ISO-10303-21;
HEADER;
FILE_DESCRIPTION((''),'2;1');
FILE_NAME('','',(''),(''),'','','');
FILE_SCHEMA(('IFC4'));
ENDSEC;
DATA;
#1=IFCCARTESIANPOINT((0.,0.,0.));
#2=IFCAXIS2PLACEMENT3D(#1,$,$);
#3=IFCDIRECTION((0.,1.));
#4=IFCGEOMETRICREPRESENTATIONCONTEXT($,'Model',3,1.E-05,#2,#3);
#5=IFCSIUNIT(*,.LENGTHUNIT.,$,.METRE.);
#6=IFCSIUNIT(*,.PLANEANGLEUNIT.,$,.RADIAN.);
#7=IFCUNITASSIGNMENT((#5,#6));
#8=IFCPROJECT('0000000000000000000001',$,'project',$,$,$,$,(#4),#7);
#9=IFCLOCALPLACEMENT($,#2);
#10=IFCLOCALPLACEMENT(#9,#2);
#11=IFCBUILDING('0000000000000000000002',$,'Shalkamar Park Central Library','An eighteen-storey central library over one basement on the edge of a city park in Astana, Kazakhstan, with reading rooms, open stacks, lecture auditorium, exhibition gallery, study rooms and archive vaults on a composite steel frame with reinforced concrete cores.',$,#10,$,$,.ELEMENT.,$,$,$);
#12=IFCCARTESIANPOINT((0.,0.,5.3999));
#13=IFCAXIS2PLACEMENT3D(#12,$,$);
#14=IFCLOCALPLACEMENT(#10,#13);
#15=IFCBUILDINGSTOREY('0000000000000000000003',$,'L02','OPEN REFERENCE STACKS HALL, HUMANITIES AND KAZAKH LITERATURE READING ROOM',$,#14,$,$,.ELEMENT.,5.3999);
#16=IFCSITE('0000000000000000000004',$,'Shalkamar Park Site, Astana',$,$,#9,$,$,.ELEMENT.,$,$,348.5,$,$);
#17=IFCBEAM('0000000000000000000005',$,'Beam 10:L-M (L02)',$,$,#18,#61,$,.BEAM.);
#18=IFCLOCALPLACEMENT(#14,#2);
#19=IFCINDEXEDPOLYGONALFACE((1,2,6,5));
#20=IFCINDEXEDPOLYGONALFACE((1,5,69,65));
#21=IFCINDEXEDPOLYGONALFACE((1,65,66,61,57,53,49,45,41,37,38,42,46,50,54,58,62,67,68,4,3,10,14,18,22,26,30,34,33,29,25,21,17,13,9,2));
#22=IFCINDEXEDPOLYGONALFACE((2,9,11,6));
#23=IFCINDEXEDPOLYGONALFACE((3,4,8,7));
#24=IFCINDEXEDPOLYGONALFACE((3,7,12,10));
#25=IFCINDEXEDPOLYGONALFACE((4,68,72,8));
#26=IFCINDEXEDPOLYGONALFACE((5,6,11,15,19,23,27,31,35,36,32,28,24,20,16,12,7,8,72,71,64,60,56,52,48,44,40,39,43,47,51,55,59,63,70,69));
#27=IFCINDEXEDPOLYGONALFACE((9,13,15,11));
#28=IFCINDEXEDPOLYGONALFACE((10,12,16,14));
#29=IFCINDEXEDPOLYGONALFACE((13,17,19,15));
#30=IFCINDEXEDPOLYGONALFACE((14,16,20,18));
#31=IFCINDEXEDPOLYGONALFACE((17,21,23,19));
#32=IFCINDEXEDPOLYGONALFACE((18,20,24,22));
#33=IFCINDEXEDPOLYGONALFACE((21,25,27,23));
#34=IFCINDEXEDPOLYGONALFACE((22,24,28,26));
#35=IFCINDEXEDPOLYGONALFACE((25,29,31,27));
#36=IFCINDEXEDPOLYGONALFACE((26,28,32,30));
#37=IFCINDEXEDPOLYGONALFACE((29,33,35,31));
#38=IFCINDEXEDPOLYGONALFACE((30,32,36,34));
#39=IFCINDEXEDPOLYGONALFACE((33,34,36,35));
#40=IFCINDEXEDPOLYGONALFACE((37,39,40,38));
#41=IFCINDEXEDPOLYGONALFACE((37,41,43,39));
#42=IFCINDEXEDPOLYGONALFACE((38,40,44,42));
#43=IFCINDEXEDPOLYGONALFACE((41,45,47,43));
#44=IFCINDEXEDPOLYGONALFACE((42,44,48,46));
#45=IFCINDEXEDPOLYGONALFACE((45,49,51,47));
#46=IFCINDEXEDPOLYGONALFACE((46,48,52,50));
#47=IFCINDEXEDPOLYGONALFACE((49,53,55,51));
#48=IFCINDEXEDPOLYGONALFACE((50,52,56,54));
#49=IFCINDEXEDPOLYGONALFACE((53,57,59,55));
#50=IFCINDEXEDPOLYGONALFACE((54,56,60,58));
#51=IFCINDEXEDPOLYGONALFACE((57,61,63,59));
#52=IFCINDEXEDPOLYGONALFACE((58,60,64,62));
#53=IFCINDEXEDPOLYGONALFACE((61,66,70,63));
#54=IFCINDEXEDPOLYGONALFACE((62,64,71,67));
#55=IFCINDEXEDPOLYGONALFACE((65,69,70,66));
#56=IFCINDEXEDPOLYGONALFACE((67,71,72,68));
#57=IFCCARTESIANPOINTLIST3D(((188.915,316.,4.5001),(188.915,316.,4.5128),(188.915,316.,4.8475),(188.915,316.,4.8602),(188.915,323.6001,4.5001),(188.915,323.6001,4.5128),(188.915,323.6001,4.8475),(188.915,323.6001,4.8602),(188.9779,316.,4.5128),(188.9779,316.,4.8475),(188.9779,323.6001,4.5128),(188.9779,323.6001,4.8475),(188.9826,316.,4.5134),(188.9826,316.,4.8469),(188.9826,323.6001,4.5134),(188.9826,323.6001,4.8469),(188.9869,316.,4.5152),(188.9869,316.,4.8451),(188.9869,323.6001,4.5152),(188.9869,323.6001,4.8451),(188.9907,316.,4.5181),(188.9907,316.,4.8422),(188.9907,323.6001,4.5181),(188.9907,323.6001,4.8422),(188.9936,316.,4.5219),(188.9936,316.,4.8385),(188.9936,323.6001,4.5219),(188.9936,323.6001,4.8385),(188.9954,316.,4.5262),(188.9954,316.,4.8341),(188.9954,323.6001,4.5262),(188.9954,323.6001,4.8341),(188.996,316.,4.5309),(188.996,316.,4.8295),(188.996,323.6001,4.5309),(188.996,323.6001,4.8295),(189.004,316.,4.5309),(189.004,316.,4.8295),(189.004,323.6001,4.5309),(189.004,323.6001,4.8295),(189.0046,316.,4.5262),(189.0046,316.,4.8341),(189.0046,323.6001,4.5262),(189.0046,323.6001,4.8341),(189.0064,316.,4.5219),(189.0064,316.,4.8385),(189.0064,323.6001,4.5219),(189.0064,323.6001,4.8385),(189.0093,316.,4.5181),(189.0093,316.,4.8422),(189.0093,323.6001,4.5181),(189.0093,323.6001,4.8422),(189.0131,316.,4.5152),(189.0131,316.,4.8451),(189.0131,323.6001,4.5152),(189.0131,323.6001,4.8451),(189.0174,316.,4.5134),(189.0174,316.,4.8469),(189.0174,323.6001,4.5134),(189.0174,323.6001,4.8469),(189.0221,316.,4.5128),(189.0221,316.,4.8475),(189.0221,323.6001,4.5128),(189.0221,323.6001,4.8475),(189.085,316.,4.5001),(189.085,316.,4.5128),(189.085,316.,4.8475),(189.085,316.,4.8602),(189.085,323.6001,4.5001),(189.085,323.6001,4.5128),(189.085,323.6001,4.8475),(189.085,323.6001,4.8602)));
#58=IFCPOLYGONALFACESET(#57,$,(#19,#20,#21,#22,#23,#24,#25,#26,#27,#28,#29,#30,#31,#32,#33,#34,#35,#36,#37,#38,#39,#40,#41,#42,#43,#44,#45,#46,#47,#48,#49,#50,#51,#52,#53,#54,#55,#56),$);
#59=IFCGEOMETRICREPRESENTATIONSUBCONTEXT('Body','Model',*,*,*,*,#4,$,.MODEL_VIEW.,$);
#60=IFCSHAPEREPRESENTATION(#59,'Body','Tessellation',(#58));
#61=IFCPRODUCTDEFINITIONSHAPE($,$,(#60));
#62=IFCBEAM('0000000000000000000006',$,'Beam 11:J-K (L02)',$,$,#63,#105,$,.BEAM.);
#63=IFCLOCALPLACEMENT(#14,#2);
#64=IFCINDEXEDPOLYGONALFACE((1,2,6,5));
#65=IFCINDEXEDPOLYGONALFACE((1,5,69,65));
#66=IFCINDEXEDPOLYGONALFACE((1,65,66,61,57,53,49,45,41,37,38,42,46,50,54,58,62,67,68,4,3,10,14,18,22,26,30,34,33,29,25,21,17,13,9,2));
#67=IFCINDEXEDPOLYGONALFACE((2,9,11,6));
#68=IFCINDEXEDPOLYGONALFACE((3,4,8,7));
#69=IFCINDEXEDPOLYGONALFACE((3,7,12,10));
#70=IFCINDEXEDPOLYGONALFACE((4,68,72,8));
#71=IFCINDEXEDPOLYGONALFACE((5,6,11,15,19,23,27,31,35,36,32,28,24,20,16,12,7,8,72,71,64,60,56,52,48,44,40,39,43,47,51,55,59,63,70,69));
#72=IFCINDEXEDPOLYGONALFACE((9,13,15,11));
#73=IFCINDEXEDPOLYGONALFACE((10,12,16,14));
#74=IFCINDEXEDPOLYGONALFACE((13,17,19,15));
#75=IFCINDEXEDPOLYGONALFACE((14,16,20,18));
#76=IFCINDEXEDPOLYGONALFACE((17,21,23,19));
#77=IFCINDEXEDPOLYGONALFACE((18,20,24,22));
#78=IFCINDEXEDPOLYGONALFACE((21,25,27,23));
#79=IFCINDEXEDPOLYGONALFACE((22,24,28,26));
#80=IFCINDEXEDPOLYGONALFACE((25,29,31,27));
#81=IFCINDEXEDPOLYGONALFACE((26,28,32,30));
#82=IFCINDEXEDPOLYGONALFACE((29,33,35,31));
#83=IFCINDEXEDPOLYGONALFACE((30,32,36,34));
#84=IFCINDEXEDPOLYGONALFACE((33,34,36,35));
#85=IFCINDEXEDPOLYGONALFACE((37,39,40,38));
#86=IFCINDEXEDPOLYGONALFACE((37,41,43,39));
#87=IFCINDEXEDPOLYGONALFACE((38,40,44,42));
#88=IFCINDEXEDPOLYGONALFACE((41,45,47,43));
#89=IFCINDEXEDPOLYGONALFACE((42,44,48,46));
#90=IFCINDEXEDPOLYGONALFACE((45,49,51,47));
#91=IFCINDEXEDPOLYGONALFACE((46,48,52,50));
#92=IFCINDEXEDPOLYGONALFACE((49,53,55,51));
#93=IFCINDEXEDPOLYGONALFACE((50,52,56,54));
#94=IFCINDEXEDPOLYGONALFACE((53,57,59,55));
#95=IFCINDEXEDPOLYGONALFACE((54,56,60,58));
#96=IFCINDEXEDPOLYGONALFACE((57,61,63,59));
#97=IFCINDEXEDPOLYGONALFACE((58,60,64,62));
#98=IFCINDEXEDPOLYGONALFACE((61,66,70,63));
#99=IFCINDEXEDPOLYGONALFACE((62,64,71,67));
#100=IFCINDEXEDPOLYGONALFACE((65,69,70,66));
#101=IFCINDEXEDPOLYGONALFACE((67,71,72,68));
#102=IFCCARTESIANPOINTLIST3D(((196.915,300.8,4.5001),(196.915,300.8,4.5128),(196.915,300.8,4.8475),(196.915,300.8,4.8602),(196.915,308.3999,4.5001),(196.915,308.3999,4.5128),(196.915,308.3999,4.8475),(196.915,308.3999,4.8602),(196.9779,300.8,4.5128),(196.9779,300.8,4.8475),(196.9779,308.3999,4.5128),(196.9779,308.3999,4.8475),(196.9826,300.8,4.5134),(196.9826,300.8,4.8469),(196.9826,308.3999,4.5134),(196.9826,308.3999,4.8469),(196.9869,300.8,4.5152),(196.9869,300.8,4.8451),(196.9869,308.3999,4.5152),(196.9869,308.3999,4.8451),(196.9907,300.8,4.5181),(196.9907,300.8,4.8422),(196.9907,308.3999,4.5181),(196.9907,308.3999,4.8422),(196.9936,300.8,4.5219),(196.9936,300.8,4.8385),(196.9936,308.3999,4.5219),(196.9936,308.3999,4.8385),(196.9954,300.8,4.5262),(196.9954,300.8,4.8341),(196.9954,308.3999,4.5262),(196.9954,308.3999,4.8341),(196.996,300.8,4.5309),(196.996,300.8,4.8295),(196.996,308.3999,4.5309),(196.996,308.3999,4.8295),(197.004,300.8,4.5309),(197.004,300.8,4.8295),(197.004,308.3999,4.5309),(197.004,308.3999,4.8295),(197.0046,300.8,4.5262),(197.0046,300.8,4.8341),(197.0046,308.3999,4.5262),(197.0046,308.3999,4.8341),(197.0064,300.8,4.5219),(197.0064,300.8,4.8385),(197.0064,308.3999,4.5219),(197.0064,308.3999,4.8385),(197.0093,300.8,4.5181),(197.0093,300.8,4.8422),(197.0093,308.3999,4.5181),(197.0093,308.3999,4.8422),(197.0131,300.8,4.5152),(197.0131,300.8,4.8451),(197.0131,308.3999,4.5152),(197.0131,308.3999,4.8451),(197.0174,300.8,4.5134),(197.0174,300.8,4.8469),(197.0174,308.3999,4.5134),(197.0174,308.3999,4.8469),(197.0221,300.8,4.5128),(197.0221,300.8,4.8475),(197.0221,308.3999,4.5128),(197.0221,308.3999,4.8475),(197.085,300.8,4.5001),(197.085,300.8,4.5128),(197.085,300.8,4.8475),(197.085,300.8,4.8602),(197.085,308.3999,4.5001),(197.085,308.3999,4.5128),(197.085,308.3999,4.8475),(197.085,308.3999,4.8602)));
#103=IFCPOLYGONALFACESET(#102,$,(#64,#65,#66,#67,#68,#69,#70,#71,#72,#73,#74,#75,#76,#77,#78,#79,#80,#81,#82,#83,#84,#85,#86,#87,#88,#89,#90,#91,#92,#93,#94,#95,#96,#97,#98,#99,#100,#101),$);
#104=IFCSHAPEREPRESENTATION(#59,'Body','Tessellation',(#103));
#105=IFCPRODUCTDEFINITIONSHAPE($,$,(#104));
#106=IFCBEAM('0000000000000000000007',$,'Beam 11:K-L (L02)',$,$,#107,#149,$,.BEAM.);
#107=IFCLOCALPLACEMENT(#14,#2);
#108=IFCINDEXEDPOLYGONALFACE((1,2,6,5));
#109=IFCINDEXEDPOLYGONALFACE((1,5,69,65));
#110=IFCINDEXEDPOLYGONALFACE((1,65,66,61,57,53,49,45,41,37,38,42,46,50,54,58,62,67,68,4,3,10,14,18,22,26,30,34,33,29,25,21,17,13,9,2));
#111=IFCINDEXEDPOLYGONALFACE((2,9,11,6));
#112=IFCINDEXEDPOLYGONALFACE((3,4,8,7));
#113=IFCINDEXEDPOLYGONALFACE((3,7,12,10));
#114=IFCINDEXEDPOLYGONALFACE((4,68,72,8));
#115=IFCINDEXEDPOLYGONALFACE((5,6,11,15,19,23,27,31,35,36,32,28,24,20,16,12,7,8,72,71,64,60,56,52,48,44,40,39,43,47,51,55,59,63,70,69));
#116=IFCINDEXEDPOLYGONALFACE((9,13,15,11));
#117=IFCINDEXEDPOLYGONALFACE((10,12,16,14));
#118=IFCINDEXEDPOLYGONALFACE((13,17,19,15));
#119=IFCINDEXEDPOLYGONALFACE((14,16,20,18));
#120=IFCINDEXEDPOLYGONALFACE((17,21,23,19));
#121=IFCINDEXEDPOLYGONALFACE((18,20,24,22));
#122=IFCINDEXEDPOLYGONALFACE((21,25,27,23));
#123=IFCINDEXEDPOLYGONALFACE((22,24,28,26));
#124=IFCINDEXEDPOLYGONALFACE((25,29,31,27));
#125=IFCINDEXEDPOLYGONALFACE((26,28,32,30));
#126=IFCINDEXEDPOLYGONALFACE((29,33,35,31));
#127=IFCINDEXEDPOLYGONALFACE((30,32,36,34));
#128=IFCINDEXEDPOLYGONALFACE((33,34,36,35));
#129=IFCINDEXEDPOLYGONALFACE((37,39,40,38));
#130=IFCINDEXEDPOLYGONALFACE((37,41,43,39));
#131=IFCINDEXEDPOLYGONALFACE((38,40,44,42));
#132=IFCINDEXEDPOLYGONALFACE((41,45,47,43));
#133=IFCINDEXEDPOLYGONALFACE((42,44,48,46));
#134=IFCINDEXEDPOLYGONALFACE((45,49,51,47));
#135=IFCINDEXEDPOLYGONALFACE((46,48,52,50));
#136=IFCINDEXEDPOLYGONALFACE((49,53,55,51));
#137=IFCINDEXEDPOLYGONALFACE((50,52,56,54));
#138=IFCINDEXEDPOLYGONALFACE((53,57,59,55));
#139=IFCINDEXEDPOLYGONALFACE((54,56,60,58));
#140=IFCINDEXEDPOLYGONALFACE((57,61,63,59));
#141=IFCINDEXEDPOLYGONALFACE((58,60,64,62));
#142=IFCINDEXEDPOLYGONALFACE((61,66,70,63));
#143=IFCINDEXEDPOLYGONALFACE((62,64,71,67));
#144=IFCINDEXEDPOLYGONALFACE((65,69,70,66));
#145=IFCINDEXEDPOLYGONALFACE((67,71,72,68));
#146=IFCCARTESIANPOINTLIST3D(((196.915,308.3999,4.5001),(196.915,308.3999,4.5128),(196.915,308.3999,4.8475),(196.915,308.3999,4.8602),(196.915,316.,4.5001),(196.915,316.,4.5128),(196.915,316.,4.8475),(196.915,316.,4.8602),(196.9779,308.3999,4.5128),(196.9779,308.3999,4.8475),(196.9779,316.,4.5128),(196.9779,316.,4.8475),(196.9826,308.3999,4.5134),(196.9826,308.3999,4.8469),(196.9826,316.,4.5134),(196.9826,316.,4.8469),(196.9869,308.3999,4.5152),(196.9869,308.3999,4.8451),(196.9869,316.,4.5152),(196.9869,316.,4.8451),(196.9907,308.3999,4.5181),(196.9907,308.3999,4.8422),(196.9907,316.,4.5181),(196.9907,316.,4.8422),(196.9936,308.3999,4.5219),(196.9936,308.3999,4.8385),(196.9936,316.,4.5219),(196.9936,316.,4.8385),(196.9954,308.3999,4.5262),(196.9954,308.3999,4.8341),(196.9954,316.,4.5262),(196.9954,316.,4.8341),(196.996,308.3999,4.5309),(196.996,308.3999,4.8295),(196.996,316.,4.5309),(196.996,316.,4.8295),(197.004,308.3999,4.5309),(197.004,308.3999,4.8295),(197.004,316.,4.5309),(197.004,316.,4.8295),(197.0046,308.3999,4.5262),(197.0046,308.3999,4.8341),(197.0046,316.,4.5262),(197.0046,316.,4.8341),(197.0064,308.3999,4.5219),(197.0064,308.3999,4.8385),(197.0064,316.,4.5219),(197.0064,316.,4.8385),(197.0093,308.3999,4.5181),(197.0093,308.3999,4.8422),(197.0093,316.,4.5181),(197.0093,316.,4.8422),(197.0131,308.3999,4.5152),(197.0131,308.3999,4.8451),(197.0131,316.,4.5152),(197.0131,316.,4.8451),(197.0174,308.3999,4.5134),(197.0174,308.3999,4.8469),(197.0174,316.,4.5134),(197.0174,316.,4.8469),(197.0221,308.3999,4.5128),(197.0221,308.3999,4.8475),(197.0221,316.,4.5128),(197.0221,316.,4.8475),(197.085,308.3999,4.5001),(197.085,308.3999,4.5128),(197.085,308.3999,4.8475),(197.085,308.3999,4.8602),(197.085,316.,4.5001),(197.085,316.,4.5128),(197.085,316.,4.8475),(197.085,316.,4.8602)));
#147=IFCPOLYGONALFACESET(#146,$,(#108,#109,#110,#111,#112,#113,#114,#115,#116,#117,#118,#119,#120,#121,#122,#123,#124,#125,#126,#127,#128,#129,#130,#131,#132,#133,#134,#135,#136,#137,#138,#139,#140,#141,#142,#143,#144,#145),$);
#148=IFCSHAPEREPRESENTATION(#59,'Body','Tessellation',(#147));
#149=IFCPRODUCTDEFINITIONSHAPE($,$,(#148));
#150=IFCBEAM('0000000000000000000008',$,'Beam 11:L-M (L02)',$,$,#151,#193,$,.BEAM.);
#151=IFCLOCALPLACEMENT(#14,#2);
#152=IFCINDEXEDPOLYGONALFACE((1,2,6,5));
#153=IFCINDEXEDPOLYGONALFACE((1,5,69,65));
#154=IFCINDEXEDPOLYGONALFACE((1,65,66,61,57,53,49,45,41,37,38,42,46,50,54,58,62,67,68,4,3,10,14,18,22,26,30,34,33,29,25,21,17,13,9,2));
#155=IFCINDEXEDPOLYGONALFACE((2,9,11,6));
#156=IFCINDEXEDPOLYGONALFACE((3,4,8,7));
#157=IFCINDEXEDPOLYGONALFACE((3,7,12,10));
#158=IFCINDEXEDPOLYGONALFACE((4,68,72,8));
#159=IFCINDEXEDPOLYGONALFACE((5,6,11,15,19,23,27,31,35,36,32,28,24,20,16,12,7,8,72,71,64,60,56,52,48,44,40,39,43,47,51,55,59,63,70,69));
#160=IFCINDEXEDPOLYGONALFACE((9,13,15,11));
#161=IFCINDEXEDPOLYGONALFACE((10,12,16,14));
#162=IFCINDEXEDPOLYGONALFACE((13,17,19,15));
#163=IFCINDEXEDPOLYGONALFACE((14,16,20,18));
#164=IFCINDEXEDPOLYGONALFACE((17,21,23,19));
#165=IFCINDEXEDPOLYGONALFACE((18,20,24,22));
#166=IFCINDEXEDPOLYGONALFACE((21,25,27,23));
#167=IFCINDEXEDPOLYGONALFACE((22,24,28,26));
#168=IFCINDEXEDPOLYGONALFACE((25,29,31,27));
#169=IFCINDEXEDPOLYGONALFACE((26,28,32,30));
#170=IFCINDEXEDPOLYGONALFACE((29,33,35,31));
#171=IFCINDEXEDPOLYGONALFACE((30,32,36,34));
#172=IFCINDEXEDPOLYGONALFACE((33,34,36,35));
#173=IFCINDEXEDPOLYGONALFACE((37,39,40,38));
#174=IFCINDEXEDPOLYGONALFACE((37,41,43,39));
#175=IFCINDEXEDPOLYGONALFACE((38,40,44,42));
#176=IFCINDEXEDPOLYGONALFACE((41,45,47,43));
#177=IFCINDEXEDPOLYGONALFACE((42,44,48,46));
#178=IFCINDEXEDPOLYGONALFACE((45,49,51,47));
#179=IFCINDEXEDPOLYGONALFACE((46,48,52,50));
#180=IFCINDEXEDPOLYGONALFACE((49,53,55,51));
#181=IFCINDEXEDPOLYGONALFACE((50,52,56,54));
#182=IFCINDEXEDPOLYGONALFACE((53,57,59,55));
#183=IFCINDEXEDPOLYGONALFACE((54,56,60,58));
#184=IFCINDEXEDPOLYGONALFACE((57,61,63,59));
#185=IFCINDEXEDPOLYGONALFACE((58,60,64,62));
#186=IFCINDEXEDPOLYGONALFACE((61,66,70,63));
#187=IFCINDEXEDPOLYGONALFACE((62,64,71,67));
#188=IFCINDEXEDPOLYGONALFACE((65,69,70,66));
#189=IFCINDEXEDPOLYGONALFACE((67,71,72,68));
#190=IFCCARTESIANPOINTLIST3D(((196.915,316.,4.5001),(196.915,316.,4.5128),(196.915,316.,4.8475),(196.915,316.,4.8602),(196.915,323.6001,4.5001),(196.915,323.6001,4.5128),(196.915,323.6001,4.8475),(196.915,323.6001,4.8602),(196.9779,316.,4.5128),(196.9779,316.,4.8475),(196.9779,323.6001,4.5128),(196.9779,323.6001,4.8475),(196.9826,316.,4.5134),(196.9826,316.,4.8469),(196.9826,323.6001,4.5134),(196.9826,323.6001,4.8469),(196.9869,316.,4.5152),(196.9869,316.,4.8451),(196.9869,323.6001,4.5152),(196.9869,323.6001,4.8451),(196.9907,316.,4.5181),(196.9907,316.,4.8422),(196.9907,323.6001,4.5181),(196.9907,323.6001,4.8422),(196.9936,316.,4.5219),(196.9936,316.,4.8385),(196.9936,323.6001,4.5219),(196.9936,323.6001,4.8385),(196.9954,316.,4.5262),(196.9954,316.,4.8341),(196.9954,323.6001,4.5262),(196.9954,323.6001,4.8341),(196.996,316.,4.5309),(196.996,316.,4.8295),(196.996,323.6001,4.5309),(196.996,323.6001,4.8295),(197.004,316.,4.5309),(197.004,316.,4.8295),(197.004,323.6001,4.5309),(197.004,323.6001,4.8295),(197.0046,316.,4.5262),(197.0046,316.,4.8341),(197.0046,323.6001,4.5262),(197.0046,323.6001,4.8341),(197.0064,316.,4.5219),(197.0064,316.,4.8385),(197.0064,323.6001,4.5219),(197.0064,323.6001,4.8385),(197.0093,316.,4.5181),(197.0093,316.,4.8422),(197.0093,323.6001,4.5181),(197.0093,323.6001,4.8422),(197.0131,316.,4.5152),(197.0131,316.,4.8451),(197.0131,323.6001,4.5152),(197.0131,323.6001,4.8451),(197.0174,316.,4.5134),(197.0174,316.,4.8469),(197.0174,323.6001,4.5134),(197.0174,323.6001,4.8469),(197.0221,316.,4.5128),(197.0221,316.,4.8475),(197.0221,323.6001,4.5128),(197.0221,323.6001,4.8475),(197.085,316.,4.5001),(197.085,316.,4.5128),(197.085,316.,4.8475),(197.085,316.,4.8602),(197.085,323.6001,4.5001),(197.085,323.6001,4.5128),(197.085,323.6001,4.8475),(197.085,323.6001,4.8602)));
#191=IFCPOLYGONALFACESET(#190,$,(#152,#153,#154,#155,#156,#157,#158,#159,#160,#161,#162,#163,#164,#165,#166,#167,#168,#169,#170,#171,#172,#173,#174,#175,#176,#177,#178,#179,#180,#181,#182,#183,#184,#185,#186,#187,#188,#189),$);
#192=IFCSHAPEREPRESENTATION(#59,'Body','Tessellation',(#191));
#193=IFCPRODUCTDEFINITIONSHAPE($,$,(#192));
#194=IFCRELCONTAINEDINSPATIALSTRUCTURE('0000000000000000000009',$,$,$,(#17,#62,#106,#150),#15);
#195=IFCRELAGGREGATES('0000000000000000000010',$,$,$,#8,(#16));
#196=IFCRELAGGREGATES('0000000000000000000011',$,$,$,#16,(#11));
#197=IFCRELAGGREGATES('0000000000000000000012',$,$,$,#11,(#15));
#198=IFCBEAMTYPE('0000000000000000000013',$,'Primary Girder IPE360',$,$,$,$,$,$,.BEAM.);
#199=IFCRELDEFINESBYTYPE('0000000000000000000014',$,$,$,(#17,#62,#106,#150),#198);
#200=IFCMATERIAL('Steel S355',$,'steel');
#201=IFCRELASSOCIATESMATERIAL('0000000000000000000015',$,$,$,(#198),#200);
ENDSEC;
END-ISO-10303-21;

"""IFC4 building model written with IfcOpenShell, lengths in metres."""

from ifc_helpers import new_model, si_unit, direction, frame, origin, origin_2d, place, context, subcontext, project, spatial, i_section, extrude, material, material_profile, profile_set, type_object, element, save


model = new_model("IFC4")

# Units and contexts
model_context = context("Model", 3, precision=1e-05, world=origin(), true_north=direction((0.0, 1.0)))
body_context = subcontext(model_context, "Body", "Model", "MODEL_VIEW")
ifc_project = project(units=[si_unit("LENGTHUNIT", "METRE"), si_unit("PLANEANGLEUNIT", "RADIAN")], contexts=[model_context])

# Site, building, storey
site_placement = place(None, origin())
site = spatial("IfcSite", under=ifc_project, at=site_placement, Name="Shalkamar Park Site, Astana", CompositionType="ELEMENT", RefElevation=348.5)
building_placement = place(site_placement, origin())
building = spatial("IfcBuilding", under=site, at=building_placement, Name="Shalkamar Park Central Library", Description="An eighteen-storey central library over one basement on the edge of a city park in Astana, Kazakhstan, with reading rooms, open stacks, lecture auditorium, exhibition gallery, study rooms and archive vaults on a composite steel frame with reinforced concrete cores.", CompositionType="ELEMENT")
storey_placement = place(building_placement, frame((0.0, 0.0, 5.3999)))
storey = spatial("IfcBuildingStorey", under=building, at=storey_placement, Name="L02", Description="OPEN REFERENCE STACKS HALL, HUMANITIES AND KAZAKH LITERATURE READING ROOM", CompositionType="ELEMENT", Elevation=5.3999)

# Shared definitions
ifc_material_1 = material(Name="Steel S355", Category="steel")

# Beams
ifc_material_profile_1 = material_profile(ifc_material_1, i_section(OverallWidth=0.1699, OverallDepth=0.3601, WebThickness=0.0081, FlangeThickness=0.0127, FilletRadius=0.0181, at=origin_2d()), Name="IPE 360")
ifc_profile_set_1 = profile_set([ifc_material_profile_1], Name="Steel S355")
beam_type_1 = type_object("IfcBeamType", Name="Primary Girder IPE360", PredefinedType="BEAM", material=ifc_profile_set_1)
for number, where, z_axis, x_axis, name in (
    (1, (189.0, 316.0, 4.6802), (0.0, 1.0, 0.0), (-1.0, 0.0, 0.0), "Beam 10:L-M (L02)"),
):
    element("IfcBeam", number, at=place(storey_placement, frame(where, z_axis=z_axis, x_axis=x_axis)), inside=storey, type_object=beam_type_1, Name=name, PredefinedType="BEAM", context=body_context, shape_type="SweptSolid", body=[
        extrude(i_section(OverallWidth=0.1699, OverallDepth=0.3601, WebThickness=0.0081, FlangeThickness=0.0127, FilletRadius=0.0181, at=origin_2d()), origin(), (0.0, 0.0, 1.0), 7.6001),
    ])
beam_1_placement = place(storey_placement, frame((197.0, 300.8, 4.6802), z_axis=(0.0, 1.0, 0.0), x_axis=(-1.0, 0.0, 0.0)))
element("IfcBeam", 2, at=beam_1_placement, inside=storey, type_object=beam_type_1, Name="Beam 11:J-K (L02)", PredefinedType="BEAM", context=body_context, shape_type="SweptSolid", body=[
    extrude(i_section(OverallWidth=0.1699, OverallDepth=0.3601, WebThickness=0.0081, FlangeThickness=0.0127, FilletRadius=0.0181, at=origin_2d()), origin(), (0.0, 0.0, 1.0), 7.5999),
])
for number, where, z_axis, x_axis, name in (
    (3, (197.0, 308.3999, 4.6802), (0.0, 1.0, 0.0), (-1.0, 0.0, 0.0), "Beam 11:K-L (L02)"),
    (4, (197.0, 316.0, 4.6802), (0.0, 1.0, 0.0), (-1.0, 0.0, 0.0), "Beam 11:L-M (L02)"),
):
    element("IfcBeam", number, at=place(storey_placement, frame(where, z_axis=z_axis, x_axis=x_axis)), inside=storey, type_object=beam_type_1, Name=name, PredefinedType="BEAM", context=body_context, shape_type="SweptSolid", body=[
        extrude(i_section(OverallWidth=0.1699, OverallDepth=0.3601, WebThickness=0.0081, FlangeThickness=0.0127, FilletRadius=0.0181, at=origin_2d()), origin(), (0.0, 0.0, 1.0), 7.6001),
    ])

save(model, "model.ifc")
